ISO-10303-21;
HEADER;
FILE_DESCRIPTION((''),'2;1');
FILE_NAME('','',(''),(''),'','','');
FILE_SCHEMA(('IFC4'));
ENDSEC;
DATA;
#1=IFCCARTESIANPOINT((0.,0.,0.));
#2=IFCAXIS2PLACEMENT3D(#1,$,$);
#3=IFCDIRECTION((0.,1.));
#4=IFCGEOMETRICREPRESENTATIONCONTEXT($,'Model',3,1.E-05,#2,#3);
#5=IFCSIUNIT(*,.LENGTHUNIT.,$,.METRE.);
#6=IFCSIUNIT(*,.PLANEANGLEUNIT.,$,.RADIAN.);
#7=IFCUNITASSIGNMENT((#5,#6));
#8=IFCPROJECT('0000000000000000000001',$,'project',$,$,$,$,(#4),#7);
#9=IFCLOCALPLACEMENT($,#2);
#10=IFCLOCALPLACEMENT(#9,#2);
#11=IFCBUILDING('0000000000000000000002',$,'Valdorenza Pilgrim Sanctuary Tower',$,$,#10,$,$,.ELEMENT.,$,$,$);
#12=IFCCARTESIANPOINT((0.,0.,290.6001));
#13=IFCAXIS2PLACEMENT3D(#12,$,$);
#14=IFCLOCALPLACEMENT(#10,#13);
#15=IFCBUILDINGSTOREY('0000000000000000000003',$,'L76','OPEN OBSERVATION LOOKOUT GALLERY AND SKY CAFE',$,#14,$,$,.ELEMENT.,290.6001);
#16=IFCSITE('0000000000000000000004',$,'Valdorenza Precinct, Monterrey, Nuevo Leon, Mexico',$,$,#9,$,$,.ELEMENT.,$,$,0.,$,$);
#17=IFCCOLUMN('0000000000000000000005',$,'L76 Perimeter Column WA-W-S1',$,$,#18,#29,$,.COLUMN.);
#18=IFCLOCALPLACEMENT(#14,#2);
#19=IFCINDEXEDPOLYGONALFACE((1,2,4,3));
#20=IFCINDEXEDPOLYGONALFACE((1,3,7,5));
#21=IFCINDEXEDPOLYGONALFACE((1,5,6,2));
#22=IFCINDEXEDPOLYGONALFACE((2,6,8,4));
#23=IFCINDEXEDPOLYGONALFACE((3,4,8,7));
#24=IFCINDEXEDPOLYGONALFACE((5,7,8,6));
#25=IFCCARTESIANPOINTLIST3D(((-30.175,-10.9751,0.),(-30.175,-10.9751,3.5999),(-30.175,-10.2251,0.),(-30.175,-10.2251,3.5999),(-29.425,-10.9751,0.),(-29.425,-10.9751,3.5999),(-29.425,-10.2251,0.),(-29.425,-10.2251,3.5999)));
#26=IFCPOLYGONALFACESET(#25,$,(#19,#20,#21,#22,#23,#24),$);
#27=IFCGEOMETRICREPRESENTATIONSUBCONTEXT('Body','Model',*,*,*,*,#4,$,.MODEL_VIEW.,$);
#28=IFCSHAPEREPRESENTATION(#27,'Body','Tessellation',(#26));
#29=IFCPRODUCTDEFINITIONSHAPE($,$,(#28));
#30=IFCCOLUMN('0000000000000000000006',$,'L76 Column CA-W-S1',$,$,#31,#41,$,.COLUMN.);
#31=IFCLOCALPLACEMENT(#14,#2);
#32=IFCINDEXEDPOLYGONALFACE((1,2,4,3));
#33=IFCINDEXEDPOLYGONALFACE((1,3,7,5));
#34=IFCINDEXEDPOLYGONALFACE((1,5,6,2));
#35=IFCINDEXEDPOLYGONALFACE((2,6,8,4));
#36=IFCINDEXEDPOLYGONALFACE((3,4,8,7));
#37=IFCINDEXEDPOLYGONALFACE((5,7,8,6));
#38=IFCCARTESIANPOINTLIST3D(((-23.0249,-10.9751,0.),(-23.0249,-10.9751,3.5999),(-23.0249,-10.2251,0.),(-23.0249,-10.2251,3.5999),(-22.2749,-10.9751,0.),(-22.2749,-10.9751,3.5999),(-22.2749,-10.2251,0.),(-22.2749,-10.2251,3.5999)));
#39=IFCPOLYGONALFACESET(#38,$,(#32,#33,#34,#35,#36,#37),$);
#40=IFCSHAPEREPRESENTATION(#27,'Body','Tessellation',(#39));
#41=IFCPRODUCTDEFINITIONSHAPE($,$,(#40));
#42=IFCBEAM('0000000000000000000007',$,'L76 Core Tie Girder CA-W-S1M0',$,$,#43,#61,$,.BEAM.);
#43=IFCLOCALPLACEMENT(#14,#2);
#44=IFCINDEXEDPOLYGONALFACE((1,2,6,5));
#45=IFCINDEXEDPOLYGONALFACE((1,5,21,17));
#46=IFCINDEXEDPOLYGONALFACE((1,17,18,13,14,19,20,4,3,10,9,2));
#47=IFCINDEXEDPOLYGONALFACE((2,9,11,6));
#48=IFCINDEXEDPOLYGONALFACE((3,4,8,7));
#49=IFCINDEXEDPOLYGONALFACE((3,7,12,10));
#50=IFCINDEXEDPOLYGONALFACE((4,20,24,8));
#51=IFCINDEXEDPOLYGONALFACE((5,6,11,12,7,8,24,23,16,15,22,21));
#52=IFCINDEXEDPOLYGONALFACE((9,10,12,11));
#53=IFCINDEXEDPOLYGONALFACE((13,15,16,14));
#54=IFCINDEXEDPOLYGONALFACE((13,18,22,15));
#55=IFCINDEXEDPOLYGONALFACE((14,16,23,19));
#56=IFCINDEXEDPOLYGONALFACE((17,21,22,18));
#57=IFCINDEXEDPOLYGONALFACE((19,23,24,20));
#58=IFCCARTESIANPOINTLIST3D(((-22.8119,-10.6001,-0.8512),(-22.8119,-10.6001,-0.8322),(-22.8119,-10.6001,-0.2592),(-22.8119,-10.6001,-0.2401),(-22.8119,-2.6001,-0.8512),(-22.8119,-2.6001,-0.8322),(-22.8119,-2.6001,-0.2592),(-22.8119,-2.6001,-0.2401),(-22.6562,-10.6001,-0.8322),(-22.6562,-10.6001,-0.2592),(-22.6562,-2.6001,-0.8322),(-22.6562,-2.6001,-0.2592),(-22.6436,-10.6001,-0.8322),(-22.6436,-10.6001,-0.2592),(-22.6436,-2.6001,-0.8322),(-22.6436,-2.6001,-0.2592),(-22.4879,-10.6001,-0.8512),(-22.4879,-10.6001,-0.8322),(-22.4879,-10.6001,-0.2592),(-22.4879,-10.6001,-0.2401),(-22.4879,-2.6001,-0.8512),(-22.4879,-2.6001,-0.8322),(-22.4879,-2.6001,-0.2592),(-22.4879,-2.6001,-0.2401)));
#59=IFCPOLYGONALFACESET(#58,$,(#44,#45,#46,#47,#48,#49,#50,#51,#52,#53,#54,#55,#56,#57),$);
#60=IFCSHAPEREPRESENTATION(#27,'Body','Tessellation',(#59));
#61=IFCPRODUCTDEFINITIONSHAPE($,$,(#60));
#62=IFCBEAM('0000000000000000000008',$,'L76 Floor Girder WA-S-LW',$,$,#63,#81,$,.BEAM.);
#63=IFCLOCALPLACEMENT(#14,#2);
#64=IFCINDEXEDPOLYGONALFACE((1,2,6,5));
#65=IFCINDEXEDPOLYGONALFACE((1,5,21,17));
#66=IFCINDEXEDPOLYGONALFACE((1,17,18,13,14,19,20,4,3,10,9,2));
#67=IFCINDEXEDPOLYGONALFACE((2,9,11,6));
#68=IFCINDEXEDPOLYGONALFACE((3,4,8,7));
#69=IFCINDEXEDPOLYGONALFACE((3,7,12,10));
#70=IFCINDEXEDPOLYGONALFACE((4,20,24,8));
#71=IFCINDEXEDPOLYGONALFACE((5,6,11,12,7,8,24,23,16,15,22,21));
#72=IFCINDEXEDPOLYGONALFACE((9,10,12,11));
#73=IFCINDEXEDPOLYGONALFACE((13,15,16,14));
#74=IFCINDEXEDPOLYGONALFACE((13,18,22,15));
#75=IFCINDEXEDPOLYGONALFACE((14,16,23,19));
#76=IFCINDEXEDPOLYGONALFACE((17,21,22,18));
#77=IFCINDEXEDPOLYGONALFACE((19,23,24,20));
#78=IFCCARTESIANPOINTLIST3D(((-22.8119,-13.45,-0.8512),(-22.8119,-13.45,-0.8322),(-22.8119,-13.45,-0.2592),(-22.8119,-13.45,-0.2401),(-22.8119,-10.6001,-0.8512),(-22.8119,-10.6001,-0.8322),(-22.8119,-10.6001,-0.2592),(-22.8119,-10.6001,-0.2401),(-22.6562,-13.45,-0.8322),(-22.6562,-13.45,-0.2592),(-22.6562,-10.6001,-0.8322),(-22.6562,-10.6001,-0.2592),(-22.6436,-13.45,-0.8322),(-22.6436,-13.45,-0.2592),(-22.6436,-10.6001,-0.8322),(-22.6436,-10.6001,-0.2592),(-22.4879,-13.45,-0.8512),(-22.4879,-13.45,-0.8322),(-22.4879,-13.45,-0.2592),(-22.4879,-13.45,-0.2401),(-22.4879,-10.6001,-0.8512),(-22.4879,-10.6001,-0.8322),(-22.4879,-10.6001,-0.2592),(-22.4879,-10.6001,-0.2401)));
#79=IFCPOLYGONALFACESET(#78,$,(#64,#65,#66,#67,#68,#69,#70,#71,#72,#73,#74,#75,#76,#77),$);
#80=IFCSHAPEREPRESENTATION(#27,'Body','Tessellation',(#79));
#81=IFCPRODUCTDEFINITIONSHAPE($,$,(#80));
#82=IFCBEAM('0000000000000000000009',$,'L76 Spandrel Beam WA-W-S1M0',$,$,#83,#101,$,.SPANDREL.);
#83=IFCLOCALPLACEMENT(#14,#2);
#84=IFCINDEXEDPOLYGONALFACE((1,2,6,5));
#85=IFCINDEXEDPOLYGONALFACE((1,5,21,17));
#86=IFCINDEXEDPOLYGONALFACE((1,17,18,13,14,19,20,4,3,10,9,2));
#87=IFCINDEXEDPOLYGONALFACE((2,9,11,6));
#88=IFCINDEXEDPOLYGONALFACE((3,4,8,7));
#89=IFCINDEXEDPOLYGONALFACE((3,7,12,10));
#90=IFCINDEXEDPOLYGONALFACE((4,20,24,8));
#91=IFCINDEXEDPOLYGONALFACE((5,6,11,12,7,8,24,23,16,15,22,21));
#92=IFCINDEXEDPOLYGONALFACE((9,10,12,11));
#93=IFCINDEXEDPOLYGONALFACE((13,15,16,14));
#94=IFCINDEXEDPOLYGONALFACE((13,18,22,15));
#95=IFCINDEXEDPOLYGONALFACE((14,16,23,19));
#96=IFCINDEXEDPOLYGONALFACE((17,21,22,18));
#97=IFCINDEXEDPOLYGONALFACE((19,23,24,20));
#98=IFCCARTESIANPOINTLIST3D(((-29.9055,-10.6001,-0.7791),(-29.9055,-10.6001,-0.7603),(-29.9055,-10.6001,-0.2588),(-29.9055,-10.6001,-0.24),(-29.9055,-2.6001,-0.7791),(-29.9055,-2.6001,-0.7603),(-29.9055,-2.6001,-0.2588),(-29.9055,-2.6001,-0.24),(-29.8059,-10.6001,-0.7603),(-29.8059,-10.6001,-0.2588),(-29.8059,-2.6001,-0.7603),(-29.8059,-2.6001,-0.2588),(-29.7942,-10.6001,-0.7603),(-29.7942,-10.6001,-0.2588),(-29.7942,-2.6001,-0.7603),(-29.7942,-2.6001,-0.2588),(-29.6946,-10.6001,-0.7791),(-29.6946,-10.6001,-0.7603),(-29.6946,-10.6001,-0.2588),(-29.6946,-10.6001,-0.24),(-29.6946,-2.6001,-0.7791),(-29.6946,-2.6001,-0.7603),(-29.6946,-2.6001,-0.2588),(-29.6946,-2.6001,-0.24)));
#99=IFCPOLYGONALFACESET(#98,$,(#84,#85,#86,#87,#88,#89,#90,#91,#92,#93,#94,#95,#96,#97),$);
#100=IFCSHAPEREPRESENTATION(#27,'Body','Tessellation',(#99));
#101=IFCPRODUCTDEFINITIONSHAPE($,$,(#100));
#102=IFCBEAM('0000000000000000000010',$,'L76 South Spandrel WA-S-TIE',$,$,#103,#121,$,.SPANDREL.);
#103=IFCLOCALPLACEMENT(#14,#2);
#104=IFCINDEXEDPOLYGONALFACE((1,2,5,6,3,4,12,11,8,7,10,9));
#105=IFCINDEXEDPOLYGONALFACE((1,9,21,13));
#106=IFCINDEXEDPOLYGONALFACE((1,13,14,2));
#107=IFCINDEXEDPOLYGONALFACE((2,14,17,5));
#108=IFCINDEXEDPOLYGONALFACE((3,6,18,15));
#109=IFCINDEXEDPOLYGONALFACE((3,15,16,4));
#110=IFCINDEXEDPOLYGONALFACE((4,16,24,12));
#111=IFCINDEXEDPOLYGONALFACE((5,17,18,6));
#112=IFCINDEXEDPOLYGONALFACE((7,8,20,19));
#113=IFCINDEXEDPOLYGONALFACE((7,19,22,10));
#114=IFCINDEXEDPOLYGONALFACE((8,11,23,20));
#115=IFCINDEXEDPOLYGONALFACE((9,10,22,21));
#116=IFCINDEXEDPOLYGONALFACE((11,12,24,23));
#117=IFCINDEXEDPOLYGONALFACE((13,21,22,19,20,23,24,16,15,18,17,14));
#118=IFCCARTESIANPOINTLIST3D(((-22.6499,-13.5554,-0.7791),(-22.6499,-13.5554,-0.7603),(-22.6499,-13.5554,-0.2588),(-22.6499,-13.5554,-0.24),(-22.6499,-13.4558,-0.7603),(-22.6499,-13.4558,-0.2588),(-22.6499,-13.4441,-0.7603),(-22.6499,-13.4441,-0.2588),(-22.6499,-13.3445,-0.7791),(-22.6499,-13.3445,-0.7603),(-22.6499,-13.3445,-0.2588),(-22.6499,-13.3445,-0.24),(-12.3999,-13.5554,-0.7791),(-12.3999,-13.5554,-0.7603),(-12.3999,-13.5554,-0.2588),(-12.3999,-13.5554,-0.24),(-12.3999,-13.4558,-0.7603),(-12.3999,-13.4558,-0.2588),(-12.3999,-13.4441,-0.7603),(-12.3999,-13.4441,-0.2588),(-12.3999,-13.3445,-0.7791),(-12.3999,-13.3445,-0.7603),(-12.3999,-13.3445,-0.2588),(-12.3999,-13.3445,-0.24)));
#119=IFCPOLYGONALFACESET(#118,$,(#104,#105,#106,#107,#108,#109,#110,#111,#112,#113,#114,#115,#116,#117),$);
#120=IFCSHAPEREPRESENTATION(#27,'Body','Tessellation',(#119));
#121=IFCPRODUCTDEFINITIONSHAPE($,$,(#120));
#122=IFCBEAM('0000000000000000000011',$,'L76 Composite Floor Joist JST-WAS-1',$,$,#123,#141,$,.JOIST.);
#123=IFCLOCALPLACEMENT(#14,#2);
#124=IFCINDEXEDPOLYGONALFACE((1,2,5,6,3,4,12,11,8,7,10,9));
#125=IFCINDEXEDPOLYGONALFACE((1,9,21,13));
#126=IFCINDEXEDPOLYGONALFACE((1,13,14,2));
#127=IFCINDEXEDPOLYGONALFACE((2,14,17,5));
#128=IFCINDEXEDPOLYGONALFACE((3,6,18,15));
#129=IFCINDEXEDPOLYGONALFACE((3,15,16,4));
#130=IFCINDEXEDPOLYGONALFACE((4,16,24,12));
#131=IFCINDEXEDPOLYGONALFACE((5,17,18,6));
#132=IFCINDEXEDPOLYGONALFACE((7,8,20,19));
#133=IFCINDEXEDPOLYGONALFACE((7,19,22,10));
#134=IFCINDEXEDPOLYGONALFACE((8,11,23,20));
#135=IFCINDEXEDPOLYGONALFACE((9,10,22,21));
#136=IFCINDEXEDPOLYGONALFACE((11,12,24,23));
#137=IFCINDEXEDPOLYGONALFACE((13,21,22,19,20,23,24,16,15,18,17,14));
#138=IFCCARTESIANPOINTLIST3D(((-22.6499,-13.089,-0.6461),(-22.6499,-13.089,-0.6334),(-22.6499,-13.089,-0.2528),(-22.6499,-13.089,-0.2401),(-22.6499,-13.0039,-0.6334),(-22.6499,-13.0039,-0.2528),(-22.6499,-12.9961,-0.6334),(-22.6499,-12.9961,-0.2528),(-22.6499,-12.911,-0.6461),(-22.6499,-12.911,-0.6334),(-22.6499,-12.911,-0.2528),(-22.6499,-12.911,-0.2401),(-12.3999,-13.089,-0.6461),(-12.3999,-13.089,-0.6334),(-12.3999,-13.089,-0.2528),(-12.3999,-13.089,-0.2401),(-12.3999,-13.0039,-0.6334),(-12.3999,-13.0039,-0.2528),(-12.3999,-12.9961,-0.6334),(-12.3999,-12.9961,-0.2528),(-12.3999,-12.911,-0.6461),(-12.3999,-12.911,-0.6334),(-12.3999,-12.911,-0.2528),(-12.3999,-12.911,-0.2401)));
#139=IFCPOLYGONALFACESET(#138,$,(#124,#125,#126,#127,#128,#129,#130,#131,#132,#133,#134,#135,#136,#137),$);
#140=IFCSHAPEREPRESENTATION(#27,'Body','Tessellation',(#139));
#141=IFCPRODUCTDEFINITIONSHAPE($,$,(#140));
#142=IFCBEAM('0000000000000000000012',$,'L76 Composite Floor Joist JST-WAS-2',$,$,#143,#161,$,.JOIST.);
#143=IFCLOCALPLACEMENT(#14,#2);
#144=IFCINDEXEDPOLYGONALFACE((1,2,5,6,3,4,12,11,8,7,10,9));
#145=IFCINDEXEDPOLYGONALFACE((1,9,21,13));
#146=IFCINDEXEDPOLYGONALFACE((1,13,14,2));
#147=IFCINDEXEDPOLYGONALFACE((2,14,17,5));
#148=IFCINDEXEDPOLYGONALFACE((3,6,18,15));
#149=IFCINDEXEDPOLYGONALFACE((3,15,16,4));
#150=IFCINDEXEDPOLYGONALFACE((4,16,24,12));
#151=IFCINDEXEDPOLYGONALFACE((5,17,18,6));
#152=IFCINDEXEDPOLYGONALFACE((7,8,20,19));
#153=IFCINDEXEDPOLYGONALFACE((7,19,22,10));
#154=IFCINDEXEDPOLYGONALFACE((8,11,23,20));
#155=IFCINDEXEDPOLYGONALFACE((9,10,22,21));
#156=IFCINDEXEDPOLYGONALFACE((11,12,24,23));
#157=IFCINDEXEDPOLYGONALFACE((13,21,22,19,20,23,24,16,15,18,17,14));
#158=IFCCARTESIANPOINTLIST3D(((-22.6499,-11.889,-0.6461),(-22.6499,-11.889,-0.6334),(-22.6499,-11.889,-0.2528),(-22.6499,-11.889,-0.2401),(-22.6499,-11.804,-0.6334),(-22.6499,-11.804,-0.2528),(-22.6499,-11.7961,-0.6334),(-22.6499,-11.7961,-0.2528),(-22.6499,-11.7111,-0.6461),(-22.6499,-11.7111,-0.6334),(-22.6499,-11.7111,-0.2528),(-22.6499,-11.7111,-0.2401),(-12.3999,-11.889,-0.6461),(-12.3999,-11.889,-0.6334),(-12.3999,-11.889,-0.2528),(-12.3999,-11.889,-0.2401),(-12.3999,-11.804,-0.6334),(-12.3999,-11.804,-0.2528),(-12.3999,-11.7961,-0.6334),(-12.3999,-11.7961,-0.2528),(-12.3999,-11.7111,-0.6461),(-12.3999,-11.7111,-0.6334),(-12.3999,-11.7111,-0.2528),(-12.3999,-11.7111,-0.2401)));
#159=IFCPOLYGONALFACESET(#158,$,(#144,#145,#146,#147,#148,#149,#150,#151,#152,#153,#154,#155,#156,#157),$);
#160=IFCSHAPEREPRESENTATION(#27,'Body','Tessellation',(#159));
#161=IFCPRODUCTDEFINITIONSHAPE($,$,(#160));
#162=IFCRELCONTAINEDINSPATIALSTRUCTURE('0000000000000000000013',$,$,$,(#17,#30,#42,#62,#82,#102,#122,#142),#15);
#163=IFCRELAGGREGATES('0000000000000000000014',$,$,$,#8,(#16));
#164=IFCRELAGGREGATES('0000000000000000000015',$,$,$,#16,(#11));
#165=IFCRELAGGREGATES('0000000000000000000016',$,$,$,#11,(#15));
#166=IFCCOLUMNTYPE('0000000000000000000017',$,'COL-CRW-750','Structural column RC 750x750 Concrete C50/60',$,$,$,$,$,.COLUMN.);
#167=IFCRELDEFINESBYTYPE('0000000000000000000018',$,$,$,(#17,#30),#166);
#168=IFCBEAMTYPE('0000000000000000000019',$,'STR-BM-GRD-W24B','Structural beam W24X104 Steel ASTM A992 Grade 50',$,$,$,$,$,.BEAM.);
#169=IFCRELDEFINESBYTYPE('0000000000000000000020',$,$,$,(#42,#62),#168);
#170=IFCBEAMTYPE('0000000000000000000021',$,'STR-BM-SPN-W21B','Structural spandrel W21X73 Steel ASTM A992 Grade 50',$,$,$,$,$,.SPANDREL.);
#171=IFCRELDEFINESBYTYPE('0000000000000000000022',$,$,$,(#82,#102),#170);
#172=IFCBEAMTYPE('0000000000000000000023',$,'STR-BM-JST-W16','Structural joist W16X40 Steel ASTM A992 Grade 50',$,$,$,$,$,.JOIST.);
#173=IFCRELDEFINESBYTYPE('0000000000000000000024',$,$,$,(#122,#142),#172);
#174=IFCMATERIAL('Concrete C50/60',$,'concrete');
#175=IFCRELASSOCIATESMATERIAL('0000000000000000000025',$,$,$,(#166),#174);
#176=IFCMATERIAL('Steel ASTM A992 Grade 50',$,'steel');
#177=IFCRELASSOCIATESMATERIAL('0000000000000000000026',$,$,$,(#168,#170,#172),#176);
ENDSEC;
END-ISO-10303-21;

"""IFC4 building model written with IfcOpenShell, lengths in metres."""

from ifc_helpers import new_model, si_unit, direction, frame, origin, origin_2d, place, context, subcontext, project, spatial, rectangle, i_section, extrude, source, transform, mapped, material, material_profile, profile_set, type_object, element, save


model = new_model("IFC4")

# Units and contexts
model_context = context("Model", 3, precision=1e-05, world=origin(), true_north=direction((0.0, 1.0)))
body_context = subcontext(model_context, "Body", "Model", "MODEL_VIEW")
ifc_project = project(units=[si_unit("LENGTHUNIT", "METRE"), si_unit("PLANEANGLEUNIT", "RADIAN")], contexts=[model_context])

# Site, building, storey
site_placement = place(None, origin())
site = spatial("IfcSite", under=ifc_project, at=site_placement, Name="Valdorenza Precinct, Monterrey, Nuevo Leon, Mexico", CompositionType="ELEMENT", RefElevation=0.0)
building_placement = place(site_placement, origin())
building = spatial("IfcBuilding", under=site, at=building_placement, Name="Valdorenza Pilgrim Sanctuary Tower", CompositionType="ELEMENT")
storey_placement = place(building_placement, frame((0.0, 0.0, 290.6001)))
storey = spatial("IfcBuildingStorey", under=building, at=storey_placement, Name="L76", Description="OPEN OBSERVATION LOOKOUT GALLERY AND SKY CAFE", CompositionType="ELEMENT", Elevation=290.6001)

# Columns
ifc_material_1 = material(Name="Concrete C50/60", Category="concrete")
ifc_material_profile_1 = material_profile(ifc_material_1, rectangle(XDim=0.75, YDim=0.75, at=origin_2d()), Name="RC 750x750")
ifc_profile_set_1 = profile_set([ifc_material_profile_1], Name="Concrete C50/60")
column_type = type_object("IfcColumnType", Name="COL-CRW-750", Description="Structural column RC 750x750 Concrete C50/60", PredefinedType="COLUMN", material=ifc_profile_set_1)
shared_shape_1 = source(origin(), body_context, "Body", "SweptSolid", [
    extrude(rectangle(XDim=0.75, YDim=0.75, at=origin_2d()), origin(), (0.0, 0.0, 1.0), 3.5999),
])
for number, where, z_axis, x_axis, name in (
    (1, (-29.8, -10.6001, 0.0), (0.0, 0.0, 1.0), (1.0, 0.0, 0.0), "L76 Perimeter Column WA-W-S1"),
    (2, (-22.6499, -10.6001, 0.0), (0.0, 0.0, 1.0), (1.0, 0.0, 0.0), "L76 Column CA-W-S1"),
):
    element("IfcColumn", number, at=place(storey_placement, frame(where, z_axis=z_axis, x_axis=x_axis)), inside=storey, type_object=column_type, Name=name, PredefinedType="COLUMN", context=body_context, shape_type="MappedRepresentation", body=[
        mapped(shared_shape_1, transform((0.0, 0.0, 0.0), x_axis=(1.0, 0.0, 0.0), y_axis=(0.0, 1.0, 0.0), z_axis=(0.0, 0.0, 1.0), scale=1.0)),
    ])

# Beams
ifc_material_2 = material(Name="Steel ASTM A992 Grade 50", Category="steel")
ifc_material_profile_2 = material_profile(ifc_material_2, i_section(OverallWidth=0.324, OverallDepth=0.6111, WebThickness=0.0127, FlangeThickness=0.019, at=origin_2d()), Name="W24X104")
ifc_profile_set_2 = profile_set([ifc_material_profile_2], Name="Steel ASTM A992 Grade 50")
beam_type_1 = type_object("IfcBeamType", Name="STR-BM-GRD-W24B", Description="Structural beam W24X104 Steel ASTM A992 Grade 50", PredefinedType="BEAM", material=ifc_profile_set_2)
shared_shape_2 = source(origin(), body_context, "Body", "SweptSolid", [
    extrude(i_section(OverallWidth=0.324, OverallDepth=0.6111, WebThickness=0.0127, FlangeThickness=0.019, at=origin_2d()), origin(), (0.0, 0.0, 1.0), 8.0),
])
beam_1_placement = place(storey_placement, frame((-22.6499, -10.6001, -0.5457), z_axis=(0.0, 1.0, 0.0), x_axis=(-1.0, 0.0, 0.0)))
element("IfcBeam", 3, at=beam_1_placement, inside=storey, type_object=beam_type_1, Name="L76 Core Tie Girder CA-W-S1M0", PredefinedType="BEAM", context=body_context, shape_type="MappedRepresentation", body=[
    mapped(shared_shape_2, transform((0.0, 0.0, 0.0), x_axis=(1.0, 0.0, 0.0), y_axis=(0.0, 1.0, 0.0), z_axis=(0.0, 0.0, 1.0), scale=1.0)),
])
shared_shape_3 = source(origin(), body_context, "Body", "SweptSolid", [
    extrude(i_section(OverallWidth=0.324, OverallDepth=0.6111, WebThickness=0.0127, FlangeThickness=0.019, at=origin_2d()), origin(), (0.0, 0.0, 1.0), 2.8499),
])
beam_2_placement = place(storey_placement, frame((-22.6499, -13.45, -0.5457), z_axis=(0.0, 1.0, 0.0), x_axis=(-1.0, 0.0, 0.0)))
element("IfcBeam", 4, at=beam_2_placement, inside=storey, type_object=beam_type_1, Name="L76 Floor Girder WA-S-LW", PredefinedType="BEAM", context=body_context, shape_type="MappedRepresentation", body=[
    mapped(shared_shape_3, transform((0.0, 0.0, 0.0), x_axis=(1.0, 0.0, 0.0), y_axis=(0.0, 1.0, 0.0), z_axis=(0.0, 0.0, 1.0), scale=1.0)),
])
ifc_material_profile_3 = material_profile(ifc_material_2, i_section(OverallWidth=0.2109, OverallDepth=0.5391, WebThickness=0.0117, FlangeThickness=0.0188, at=origin_2d()), Name="W21X73")
ifc_profile_set_3 = profile_set([ifc_material_profile_3], Name="Steel ASTM A992 Grade 50")
beam_type_2 = type_object("IfcBeamType", Name="STR-BM-SPN-W21B", Description="Structural spandrel W21X73 Steel ASTM A992 Grade 50", PredefinedType="SPANDREL", material=ifc_profile_set_3)
shared_shape_4 = source(origin(), body_context, "Body", "SweptSolid", [
    extrude(i_section(OverallWidth=0.2109, OverallDepth=0.5391, WebThickness=0.0117, FlangeThickness=0.0188, at=origin_2d()), origin(), (0.0, 0.0, 1.0), 8.0),
])
beam_3_placement = place(storey_placement, frame((-29.8, -10.6001, -0.5095), z_axis=(0.0, 1.0, 0.0), x_axis=(-1.0, 0.0, 0.0)))
element("IfcBeam", 5, at=beam_3_placement, inside=storey, type_object=beam_type_2, Name="L76 Spandrel Beam WA-W-S1M0", PredefinedType="SPANDREL", context=body_context, shape_type="MappedRepresentation", body=[
    mapped(shared_shape_4, transform((0.0, 0.0, 0.0), x_axis=(1.0, 0.0, 0.0), y_axis=(0.0, 1.0, 0.0), z_axis=(0.0, 0.0, 1.0), scale=1.0)),
])
shared_shape_5 = source(origin(), body_context, "Body", "SweptSolid", [
    extrude(i_section(OverallWidth=0.2109, OverallDepth=0.5391, WebThickness=0.0117, FlangeThickness=0.0188, at=origin_2d()), origin(), (0.0, 0.0, 1.0), 10.25),
])
beam_4_placement = place(storey_placement, frame((-22.6499, -13.45, -0.5095), z_axis=(1.0, 0.0, 0.0), x_axis=(0.0, 1.0, 0.0)))
element("IfcBeam", 6, at=beam_4_placement, inside=storey, type_object=beam_type_2, Name="L76 South Spandrel WA-S-TIE", PredefinedType="SPANDREL", context=body_context, shape_type="MappedRepresentation", body=[
    mapped(shared_shape_5, transform((0.0, 0.0, 0.0), x_axis=(1.0, 0.0, 0.0), y_axis=(0.0, 1.0, 0.0), z_axis=(0.0, 0.0, 1.0), scale=1.0)),
])
ifc_material_profile_4 = material_profile(ifc_material_2, i_section(OverallWidth=0.178, OverallDepth=0.406, WebThickness=0.0078, FlangeThickness=0.0127, at=origin_2d()), Name="W16X40")
ifc_profile_set_4 = profile_set([ifc_material_profile_4], Name="Steel ASTM A992 Grade 50")
beam_type_3 = type_object("IfcBeamType", Name="STR-BM-JST-W16", Description="Structural joist W16X40 Steel ASTM A992 Grade 50", PredefinedType="JOIST", material=ifc_profile_set_4)
shared_shape_6 = source(origin(), body_context, "Body", "SweptSolid", [
    extrude(i_section(OverallWidth=0.178, OverallDepth=0.406, WebThickness=0.0078, FlangeThickness=0.0127, at=origin_2d()), origin(), (0.0, 0.0, 1.0), 10.25),
])
for number, where, z_axis, x_axis, name in (
    (7, (-22.6499, -13.0, -0.4431), (1.0, 0.0, 0.0), (0.0, 1.0, 0.0), "L76 Composite Floor Joist JST-WAS-1"),
    (8, (-22.6499, -11.8, -0.4431), (1.0, 0.0, 0.0), (0.0, 1.0, 0.0), "L76 Composite Floor Joist JST-WAS-2"),
):
    element("IfcBeam", number, at=place(storey_placement, frame(where, z_axis=z_axis, x_axis=x_axis)), inside=storey, type_object=beam_type_3, Name=name, PredefinedType="JOIST", context=body_context, shape_type="MappedRepresentation", body=[
        mapped(shared_shape_6, transform((0.0, 0.0, 0.0), x_axis=(1.0, 0.0, 0.0), y_axis=(0.0, 1.0, 0.0), z_axis=(0.0, 0.0, 1.0), scale=1.0)),
    ])

save(model, "model.ifc")
